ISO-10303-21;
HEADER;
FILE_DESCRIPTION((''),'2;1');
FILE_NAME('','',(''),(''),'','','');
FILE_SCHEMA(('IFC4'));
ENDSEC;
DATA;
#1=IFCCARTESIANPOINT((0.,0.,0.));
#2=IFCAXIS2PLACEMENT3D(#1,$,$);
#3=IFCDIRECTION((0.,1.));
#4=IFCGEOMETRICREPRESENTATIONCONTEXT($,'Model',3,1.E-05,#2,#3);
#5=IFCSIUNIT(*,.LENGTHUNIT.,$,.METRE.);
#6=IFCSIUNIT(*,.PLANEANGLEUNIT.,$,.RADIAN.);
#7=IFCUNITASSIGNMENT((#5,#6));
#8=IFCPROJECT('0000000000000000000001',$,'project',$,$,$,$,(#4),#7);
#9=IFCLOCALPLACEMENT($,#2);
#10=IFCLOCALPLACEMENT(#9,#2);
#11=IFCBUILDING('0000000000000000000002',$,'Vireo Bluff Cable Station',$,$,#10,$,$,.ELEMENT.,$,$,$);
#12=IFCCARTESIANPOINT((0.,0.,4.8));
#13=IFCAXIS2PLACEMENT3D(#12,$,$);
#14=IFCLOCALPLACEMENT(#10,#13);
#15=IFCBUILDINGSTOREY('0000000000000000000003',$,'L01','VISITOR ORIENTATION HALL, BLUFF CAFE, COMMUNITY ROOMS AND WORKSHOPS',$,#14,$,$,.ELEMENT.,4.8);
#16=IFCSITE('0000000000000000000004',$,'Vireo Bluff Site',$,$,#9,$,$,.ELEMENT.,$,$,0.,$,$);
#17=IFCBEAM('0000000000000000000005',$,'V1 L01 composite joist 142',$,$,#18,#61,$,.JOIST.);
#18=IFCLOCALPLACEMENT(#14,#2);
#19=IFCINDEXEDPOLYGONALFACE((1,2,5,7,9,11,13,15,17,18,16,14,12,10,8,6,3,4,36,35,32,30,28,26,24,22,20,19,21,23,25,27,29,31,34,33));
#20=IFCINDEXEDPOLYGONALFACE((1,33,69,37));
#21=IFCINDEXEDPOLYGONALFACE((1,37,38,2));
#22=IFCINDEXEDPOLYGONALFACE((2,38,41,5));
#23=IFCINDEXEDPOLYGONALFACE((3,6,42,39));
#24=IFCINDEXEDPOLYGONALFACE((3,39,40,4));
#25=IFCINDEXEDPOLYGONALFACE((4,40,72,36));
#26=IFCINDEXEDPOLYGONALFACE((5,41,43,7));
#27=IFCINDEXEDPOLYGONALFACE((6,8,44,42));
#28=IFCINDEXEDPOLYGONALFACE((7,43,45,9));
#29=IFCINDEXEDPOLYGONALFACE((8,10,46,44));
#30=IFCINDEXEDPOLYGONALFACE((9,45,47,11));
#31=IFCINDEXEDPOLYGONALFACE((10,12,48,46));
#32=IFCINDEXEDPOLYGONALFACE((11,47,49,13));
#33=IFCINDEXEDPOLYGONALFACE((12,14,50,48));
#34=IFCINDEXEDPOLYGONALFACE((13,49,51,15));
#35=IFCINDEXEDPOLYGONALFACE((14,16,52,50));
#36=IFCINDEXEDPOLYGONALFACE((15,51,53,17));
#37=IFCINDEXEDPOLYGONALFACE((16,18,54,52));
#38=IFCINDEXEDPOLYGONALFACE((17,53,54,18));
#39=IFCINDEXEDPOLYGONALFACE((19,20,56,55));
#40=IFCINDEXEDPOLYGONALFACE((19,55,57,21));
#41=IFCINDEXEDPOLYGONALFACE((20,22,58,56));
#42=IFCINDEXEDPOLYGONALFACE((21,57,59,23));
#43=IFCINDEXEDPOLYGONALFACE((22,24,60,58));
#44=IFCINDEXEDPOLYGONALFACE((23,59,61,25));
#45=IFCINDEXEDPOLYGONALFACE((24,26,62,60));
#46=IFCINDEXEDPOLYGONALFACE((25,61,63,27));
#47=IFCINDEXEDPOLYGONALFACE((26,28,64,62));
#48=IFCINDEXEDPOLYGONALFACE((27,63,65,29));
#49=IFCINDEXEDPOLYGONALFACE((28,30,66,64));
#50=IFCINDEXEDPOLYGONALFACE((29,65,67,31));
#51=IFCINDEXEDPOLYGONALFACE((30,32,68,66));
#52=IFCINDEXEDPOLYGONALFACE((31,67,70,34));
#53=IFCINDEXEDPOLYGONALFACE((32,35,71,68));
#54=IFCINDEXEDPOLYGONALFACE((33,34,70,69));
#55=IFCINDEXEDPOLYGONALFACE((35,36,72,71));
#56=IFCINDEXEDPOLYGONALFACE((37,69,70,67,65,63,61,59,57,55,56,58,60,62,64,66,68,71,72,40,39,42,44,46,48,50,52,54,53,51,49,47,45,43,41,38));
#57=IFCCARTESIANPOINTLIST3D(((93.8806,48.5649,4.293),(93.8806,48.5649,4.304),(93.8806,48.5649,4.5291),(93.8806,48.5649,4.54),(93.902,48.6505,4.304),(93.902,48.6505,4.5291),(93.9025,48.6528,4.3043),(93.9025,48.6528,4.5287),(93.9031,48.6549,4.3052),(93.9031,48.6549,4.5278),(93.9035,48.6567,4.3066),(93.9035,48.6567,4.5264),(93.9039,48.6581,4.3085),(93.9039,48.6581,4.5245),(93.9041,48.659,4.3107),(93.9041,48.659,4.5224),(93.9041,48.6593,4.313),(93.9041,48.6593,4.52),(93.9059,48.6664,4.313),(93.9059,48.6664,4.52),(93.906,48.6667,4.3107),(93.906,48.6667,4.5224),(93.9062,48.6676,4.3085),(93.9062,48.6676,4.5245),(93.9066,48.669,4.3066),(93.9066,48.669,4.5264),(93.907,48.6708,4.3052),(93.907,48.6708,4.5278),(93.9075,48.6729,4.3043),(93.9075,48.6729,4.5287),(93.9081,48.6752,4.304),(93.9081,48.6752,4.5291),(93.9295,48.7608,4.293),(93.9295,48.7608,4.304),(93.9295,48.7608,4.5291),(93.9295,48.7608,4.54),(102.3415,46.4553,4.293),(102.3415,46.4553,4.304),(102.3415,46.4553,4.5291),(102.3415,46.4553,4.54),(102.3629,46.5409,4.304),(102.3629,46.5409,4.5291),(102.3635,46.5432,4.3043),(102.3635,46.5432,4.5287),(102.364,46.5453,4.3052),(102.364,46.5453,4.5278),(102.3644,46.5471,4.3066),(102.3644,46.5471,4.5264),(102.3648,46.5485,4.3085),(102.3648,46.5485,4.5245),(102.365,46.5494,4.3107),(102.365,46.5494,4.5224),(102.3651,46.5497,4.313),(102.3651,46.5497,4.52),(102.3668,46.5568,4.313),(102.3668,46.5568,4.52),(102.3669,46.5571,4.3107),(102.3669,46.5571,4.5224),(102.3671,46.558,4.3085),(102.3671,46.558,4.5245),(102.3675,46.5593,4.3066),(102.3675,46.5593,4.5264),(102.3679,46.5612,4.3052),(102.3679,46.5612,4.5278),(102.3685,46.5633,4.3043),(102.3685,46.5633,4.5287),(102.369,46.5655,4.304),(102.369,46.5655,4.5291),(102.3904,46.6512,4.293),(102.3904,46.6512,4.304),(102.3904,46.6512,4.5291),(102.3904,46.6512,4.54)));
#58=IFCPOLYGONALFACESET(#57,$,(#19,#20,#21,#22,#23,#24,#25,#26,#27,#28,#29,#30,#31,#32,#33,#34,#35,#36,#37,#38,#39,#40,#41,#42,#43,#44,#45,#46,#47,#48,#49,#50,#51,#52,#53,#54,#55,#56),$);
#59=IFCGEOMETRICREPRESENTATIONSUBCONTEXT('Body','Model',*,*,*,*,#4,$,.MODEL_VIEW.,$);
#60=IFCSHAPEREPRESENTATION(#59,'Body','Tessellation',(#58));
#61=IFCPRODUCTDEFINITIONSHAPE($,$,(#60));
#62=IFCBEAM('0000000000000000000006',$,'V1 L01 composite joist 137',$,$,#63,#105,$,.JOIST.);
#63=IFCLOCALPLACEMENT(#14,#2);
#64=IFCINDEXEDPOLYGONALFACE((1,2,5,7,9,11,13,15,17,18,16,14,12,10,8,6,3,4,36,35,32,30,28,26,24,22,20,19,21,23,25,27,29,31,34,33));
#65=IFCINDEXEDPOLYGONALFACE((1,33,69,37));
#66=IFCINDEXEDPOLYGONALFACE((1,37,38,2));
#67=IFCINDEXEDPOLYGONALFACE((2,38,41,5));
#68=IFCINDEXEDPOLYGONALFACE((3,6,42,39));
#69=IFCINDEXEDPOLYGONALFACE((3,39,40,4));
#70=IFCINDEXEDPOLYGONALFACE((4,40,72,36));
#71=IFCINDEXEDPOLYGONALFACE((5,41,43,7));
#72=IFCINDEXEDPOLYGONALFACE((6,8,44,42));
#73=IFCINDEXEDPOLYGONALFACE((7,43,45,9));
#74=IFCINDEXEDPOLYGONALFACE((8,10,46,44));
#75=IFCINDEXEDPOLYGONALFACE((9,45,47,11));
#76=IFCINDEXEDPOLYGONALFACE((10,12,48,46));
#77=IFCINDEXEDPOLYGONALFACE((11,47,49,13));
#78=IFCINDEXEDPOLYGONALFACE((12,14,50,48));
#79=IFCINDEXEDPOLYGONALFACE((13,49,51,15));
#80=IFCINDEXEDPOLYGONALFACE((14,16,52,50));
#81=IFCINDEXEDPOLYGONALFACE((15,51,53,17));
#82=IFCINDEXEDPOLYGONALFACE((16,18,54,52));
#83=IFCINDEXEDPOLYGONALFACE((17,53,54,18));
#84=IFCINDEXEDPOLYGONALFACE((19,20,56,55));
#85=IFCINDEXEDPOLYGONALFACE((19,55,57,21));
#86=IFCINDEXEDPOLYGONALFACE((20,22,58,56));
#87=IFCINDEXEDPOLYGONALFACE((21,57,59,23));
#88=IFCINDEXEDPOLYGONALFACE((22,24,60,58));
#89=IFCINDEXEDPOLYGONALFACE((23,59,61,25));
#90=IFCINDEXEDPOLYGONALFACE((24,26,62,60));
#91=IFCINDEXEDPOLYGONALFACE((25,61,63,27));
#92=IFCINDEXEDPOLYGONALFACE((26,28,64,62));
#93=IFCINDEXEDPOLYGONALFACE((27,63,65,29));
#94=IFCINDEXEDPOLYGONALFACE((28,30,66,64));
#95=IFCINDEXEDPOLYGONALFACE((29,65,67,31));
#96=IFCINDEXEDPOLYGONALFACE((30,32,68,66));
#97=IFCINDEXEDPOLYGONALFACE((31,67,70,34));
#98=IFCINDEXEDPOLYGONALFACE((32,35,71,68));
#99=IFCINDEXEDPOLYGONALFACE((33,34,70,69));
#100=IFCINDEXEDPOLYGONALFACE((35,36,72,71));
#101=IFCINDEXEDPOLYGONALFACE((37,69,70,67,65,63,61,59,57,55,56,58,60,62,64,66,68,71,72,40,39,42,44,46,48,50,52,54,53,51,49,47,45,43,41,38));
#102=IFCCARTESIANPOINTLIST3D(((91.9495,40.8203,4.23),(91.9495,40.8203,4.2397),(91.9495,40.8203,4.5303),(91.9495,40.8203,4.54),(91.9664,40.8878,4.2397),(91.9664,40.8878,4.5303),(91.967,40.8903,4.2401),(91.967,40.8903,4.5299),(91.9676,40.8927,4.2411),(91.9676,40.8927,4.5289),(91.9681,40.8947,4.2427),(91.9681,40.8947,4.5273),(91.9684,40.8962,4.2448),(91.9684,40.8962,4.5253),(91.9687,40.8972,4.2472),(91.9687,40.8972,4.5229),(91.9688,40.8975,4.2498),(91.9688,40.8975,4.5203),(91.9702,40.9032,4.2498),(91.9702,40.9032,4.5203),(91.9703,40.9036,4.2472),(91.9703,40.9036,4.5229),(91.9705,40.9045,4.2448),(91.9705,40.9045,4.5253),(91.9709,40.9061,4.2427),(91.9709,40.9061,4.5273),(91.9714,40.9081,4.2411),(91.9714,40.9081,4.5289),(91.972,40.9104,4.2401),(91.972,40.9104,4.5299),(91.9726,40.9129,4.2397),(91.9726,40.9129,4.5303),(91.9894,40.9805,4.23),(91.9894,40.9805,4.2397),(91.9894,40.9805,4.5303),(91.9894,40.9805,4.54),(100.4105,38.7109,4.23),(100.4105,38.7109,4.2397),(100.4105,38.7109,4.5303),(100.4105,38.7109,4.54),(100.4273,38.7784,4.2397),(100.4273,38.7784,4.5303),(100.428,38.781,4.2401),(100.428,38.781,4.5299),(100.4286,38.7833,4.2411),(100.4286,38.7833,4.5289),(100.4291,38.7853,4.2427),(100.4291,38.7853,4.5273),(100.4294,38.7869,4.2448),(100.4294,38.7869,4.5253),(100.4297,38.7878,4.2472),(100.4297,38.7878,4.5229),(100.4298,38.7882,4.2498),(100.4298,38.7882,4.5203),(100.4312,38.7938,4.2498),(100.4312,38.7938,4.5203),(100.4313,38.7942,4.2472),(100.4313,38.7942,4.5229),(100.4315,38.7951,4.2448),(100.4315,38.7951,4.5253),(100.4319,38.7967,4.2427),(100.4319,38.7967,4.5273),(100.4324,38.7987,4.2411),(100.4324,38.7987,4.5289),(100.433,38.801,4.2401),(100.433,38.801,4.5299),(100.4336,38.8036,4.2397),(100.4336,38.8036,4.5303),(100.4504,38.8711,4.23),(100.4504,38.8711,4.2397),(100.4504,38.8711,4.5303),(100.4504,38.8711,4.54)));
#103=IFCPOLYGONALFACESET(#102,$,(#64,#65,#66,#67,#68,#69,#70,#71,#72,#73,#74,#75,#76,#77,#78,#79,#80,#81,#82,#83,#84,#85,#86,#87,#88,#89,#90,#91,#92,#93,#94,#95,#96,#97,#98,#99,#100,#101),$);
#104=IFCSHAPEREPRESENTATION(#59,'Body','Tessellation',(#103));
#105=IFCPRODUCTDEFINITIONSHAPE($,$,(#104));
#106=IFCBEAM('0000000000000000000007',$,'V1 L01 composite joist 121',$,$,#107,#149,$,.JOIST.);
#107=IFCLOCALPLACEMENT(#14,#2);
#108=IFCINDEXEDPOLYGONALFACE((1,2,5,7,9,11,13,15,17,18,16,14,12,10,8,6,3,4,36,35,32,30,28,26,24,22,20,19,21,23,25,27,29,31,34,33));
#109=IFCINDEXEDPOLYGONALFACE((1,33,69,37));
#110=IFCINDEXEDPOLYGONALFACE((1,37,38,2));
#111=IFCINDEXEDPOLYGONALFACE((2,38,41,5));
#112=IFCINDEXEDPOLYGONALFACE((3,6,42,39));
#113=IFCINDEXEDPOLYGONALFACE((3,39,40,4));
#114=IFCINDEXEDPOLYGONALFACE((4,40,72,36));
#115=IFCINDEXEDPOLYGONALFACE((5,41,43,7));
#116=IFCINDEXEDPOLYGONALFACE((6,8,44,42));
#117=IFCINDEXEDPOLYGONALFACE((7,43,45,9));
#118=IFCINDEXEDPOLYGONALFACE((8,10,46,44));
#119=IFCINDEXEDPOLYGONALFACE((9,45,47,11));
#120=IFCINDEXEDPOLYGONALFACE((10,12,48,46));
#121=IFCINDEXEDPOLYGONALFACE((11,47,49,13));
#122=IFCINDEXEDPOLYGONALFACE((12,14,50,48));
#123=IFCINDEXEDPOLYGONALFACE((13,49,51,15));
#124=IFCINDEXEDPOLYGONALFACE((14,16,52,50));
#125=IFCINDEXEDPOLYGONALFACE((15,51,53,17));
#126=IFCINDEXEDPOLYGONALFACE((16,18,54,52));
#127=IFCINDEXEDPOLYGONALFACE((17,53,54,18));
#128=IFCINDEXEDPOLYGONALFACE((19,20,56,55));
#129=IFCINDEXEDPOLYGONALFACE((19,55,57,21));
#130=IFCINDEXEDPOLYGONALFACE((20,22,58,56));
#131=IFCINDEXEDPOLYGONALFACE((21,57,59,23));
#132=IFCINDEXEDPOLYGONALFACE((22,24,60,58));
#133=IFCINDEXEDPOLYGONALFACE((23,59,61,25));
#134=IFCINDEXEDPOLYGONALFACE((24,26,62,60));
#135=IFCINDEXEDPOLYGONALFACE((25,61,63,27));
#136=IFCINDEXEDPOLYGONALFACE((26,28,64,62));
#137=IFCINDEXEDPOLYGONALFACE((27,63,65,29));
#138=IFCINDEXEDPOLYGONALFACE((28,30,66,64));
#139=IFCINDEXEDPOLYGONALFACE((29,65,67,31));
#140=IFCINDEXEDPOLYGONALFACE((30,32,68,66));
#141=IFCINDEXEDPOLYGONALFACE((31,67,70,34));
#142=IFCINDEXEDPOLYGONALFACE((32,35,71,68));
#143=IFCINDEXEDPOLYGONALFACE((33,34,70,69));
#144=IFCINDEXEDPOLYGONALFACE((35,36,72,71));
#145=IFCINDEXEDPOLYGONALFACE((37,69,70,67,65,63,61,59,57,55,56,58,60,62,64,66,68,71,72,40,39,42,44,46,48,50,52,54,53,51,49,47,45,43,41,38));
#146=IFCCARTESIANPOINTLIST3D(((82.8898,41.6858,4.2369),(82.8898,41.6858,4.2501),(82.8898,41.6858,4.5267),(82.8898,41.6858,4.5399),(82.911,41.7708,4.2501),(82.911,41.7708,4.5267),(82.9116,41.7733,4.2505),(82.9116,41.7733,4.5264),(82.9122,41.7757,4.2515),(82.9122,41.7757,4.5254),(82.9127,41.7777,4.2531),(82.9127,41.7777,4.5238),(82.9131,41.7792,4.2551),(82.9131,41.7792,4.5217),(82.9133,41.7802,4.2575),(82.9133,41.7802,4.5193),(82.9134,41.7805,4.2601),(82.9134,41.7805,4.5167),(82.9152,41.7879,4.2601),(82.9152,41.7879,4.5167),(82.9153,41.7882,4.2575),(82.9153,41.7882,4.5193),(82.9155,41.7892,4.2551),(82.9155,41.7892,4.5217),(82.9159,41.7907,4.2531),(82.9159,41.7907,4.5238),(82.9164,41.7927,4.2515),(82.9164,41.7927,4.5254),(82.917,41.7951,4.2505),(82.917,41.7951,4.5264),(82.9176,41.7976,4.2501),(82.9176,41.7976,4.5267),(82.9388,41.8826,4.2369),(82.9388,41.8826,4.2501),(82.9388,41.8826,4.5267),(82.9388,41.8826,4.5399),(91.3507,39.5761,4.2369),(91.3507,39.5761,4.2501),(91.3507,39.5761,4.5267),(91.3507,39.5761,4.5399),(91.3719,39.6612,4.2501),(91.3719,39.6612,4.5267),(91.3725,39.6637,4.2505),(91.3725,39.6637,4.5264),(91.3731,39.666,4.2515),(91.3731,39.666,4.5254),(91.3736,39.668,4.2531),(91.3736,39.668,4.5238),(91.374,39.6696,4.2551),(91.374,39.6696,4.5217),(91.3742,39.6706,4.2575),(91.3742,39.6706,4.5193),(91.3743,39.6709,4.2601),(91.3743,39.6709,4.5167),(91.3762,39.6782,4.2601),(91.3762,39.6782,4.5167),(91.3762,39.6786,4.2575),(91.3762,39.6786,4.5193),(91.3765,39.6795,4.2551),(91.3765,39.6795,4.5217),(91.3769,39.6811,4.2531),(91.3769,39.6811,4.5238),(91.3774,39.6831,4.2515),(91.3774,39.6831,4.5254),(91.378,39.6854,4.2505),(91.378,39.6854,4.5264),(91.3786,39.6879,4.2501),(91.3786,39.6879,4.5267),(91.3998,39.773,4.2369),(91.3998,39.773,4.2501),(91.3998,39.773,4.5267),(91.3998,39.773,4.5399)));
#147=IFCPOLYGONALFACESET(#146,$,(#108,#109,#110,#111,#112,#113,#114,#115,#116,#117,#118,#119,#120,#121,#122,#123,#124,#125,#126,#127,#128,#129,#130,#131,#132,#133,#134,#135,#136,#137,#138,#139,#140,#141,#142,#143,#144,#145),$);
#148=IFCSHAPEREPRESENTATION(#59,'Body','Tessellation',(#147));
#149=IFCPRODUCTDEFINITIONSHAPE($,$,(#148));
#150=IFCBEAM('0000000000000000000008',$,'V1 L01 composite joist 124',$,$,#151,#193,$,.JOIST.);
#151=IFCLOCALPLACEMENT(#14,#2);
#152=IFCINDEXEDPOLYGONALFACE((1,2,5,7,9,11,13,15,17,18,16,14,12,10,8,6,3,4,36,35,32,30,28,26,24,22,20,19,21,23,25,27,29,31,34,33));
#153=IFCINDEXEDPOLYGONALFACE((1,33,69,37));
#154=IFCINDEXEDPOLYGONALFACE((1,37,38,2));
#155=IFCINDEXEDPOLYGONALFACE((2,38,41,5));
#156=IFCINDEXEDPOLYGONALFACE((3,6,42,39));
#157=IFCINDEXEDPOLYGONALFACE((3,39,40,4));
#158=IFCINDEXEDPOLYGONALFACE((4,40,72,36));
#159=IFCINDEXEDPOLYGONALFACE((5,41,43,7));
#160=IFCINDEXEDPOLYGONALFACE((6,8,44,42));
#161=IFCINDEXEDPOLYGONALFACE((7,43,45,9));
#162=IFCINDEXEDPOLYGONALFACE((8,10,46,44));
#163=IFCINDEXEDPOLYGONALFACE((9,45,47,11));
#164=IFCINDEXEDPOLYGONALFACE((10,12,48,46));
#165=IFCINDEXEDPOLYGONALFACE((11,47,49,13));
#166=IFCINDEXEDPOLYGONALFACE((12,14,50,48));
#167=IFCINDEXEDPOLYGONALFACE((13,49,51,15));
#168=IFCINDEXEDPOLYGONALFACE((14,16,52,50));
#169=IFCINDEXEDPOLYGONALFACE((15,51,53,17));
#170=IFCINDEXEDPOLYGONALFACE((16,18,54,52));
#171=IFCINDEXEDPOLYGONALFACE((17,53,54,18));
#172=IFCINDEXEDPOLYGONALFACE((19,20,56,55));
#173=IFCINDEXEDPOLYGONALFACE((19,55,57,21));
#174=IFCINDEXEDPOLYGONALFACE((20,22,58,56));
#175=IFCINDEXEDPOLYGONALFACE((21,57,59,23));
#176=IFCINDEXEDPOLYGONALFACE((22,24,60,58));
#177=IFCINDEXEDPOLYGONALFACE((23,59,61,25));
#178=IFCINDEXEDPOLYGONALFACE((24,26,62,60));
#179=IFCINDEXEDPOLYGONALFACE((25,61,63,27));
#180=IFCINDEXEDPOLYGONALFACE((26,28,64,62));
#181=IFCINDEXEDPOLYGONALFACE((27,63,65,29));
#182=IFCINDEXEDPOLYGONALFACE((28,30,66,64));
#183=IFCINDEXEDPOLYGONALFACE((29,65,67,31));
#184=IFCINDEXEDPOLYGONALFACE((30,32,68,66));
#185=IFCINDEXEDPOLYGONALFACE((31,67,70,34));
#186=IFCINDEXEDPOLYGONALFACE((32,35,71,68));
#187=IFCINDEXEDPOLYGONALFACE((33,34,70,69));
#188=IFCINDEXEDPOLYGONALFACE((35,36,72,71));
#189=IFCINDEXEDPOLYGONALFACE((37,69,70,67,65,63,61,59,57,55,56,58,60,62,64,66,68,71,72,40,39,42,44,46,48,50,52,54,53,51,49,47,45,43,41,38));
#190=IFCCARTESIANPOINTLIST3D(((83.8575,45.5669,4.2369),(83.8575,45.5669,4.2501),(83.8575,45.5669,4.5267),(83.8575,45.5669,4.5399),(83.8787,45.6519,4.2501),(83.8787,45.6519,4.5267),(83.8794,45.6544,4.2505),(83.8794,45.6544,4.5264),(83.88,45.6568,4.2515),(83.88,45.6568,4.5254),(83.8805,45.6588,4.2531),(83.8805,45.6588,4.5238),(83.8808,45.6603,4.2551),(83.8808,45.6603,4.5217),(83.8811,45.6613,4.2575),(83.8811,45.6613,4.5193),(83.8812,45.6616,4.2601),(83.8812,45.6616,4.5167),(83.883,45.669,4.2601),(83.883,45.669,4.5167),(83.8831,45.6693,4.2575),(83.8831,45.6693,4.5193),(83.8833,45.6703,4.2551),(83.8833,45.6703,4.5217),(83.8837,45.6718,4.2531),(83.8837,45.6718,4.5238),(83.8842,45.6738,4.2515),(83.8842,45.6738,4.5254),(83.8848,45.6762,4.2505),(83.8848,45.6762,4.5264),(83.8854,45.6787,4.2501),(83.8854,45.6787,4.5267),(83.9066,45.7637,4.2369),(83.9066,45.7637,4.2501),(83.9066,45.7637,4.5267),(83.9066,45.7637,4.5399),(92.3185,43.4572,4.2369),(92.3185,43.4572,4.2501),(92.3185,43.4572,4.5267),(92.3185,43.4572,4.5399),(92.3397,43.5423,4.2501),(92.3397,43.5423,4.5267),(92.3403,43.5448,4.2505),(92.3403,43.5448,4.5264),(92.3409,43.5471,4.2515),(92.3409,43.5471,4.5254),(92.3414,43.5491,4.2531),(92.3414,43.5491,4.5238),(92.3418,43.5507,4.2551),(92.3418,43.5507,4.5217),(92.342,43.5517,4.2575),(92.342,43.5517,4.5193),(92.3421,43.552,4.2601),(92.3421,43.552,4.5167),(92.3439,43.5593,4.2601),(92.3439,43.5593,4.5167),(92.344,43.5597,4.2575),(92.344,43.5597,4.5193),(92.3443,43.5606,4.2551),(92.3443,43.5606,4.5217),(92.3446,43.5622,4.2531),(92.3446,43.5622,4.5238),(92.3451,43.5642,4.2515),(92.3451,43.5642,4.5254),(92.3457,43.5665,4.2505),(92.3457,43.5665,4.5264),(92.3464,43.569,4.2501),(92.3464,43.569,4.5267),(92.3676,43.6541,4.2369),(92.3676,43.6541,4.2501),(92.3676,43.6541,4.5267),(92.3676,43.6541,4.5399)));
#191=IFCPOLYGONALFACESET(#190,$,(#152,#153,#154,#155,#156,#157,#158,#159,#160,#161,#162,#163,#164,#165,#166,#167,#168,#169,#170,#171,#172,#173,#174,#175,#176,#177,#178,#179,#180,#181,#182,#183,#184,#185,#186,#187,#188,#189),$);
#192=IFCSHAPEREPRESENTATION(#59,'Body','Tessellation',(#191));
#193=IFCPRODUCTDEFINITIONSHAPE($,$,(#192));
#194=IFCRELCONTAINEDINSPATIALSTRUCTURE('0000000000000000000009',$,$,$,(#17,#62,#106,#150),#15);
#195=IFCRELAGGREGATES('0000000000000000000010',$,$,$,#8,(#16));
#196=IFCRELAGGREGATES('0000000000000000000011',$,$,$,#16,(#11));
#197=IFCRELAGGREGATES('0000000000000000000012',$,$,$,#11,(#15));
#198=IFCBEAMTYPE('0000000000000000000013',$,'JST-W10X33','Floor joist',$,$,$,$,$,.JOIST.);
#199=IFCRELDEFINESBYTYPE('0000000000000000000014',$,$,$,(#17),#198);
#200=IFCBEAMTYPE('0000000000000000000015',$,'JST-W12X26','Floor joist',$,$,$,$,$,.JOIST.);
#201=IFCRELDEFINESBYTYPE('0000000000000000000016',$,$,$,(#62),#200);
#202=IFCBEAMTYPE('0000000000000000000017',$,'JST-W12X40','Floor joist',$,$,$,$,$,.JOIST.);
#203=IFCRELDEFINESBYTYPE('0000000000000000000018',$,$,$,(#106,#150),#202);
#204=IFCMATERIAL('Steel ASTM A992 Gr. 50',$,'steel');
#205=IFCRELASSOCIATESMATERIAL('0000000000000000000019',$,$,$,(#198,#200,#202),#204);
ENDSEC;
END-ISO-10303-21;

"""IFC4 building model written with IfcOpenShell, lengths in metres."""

from ifc_helpers import new_model, si_unit, direction, frame, origin, origin_2d, place, context, subcontext, project, spatial, i_section, extrude, material, material_profile, profile_set, type_object, element, save


model = new_model("IFC4")

# Units and contexts
model_context = context("Model", 3, precision=1e-05, world=origin(), true_north=direction((0.0, 1.0)))
body_context = subcontext(model_context, "Body", "Model", "MODEL_VIEW")
ifc_project = project(units=[si_unit("LENGTHUNIT", "METRE"), si_unit("PLANEANGLEUNIT", "RADIAN")], contexts=[model_context])

# Site, building, storey
site_placement = place(None, origin())
site = spatial("IfcSite", under=ifc_project, at=site_placement, Name="Vireo Bluff Site", CompositionType="ELEMENT", RefElevation=0.0)
building_placement = place(site_placement, origin())
building = spatial("IfcBuilding", under=site, at=building_placement, Name="Vireo Bluff Cable Station", CompositionType="ELEMENT")
storey_placement = place(building_placement, frame((0.0, 0.0, 4.8)))
storey = spatial("IfcBuildingStorey", under=building, at=storey_placement, Name="L01", Description="VISITOR ORIENTATION HALL, BLUFF CAFE, COMMUNITY ROOMS AND WORKSHOPS", CompositionType="ELEMENT", Elevation=4.8)

# Shared definitions
ifc_material_1 = material(Name="Steel ASTM A992 Gr. 50", Category="steel")

# Beams
ifc_material_profile_1 = material_profile(ifc_material_1, i_section(OverallWidth=0.2019, OverallDepth=0.2471, WebThickness=0.0073, FlangeThickness=0.011, FilletRadius=0.009, at=origin_2d()), Name="W10X33")
ifc_profile_set_1 = profile_set([ifc_material_profile_1], Name="Steel ASTM A992 Gr. 50")
beam_type_1 = type_object("IfcBeamType", Name="JST-W10X33", Description="Floor joist", PredefinedType="JOIST", material=ifc_profile_set_1)
for number, where, z_axis, x_axis, name in (
    (1, (93.905, 48.6628, 4.4165), (0.970294, -0.24193, 0.0), (0.24193, 0.970294, 0.0), "V1 L01 composite joist 142"),
):
    element("IfcBeam", number, at=place(storey_placement, frame(where, z_axis=z_axis, x_axis=x_axis)), inside=storey, type_object=beam_type_1, Name=name, PredefinedType="JOIST", context=body_context, shape_type="SweptSolid", body=[
        extrude(i_section(OverallWidth=0.2019, OverallDepth=0.2471, WebThickness=0.0073, FlangeThickness=0.011, FilletRadius=0.009, at=origin_2d()), origin(), (0.0, 0.0, 1.0), 8.72),
    ])
ifc_material_profile_2 = material_profile(ifc_material_1, i_section(OverallWidth=0.165, OverallDepth=0.3101, WebThickness=0.0059, FlangeThickness=0.0098, FilletRadius=0.01, at=origin_2d()), Name="W12X26")
ifc_profile_set_2 = profile_set([ifc_material_profile_2], Name="Steel ASTM A992 Gr. 50")
beam_type_2 = type_object("IfcBeamType", Name="JST-W12X26", Description="Floor joist", PredefinedType="JOIST", material=ifc_profile_set_2)
beam_1_placement = place(storey_placement, frame((91.9695, 40.9004, 4.385), z_axis=(0.9703, -0.241903, 0.0), x_axis=(0.241903, 0.9703, 0.0)))
element("IfcBeam", 2, at=beam_1_placement, inside=storey, type_object=beam_type_2, Name="V1 L01 composite joist 137", PredefinedType="JOIST", context=body_context, shape_type="SweptSolid", body=[
    extrude(i_section(OverallWidth=0.165, OverallDepth=0.3101, WebThickness=0.0059, FlangeThickness=0.0098, FilletRadius=0.01, at=origin_2d()), origin(), (0.0, 0.0, 1.0), 8.72),
])
ifc_material_profile_3 = material_profile(ifc_material_1, i_section(OverallWidth=0.2029, OverallDepth=0.303, WebThickness=0.0076, FlangeThickness=0.0132, FilletRadius=0.01, at=origin_2d()), Name="W12X40")
ifc_profile_set_3 = profile_set([ifc_material_profile_3], Name="Steel ASTM A992 Gr. 50")
beam_type_3 = type_object("IfcBeamType", Name="JST-W12X40", Description="Floor joist", PredefinedType="JOIST", material=ifc_profile_set_3)
for number, where, z_axis, x_axis, name in (
    (3, (82.9143, 41.7842, 4.3884), (0.970294, -0.24193, 0.0), (0.24193, 0.970294, 0.0), "V1 L01 composite joist 121"),
    (4, (83.8821, 45.6653, 4.3884), (0.970294, -0.24193, 0.0), (0.24193, 0.970294, 0.0), "V1 L01 composite joist 124"),
):
    element("IfcBeam", number, at=place(storey_placement, frame(where, z_axis=z_axis, x_axis=x_axis)), inside=storey, type_object=beam_type_3, Name=name, PredefinedType="JOIST", context=body_context, shape_type="SweptSolid", body=[
        extrude(i_section(OverallWidth=0.2029, OverallDepth=0.303, WebThickness=0.0076, FlangeThickness=0.0132, FilletRadius=0.01, at=origin_2d()), origin(), (0.0, 0.0, 1.0), 8.72),
    ])

save(model, "model.ifc")
